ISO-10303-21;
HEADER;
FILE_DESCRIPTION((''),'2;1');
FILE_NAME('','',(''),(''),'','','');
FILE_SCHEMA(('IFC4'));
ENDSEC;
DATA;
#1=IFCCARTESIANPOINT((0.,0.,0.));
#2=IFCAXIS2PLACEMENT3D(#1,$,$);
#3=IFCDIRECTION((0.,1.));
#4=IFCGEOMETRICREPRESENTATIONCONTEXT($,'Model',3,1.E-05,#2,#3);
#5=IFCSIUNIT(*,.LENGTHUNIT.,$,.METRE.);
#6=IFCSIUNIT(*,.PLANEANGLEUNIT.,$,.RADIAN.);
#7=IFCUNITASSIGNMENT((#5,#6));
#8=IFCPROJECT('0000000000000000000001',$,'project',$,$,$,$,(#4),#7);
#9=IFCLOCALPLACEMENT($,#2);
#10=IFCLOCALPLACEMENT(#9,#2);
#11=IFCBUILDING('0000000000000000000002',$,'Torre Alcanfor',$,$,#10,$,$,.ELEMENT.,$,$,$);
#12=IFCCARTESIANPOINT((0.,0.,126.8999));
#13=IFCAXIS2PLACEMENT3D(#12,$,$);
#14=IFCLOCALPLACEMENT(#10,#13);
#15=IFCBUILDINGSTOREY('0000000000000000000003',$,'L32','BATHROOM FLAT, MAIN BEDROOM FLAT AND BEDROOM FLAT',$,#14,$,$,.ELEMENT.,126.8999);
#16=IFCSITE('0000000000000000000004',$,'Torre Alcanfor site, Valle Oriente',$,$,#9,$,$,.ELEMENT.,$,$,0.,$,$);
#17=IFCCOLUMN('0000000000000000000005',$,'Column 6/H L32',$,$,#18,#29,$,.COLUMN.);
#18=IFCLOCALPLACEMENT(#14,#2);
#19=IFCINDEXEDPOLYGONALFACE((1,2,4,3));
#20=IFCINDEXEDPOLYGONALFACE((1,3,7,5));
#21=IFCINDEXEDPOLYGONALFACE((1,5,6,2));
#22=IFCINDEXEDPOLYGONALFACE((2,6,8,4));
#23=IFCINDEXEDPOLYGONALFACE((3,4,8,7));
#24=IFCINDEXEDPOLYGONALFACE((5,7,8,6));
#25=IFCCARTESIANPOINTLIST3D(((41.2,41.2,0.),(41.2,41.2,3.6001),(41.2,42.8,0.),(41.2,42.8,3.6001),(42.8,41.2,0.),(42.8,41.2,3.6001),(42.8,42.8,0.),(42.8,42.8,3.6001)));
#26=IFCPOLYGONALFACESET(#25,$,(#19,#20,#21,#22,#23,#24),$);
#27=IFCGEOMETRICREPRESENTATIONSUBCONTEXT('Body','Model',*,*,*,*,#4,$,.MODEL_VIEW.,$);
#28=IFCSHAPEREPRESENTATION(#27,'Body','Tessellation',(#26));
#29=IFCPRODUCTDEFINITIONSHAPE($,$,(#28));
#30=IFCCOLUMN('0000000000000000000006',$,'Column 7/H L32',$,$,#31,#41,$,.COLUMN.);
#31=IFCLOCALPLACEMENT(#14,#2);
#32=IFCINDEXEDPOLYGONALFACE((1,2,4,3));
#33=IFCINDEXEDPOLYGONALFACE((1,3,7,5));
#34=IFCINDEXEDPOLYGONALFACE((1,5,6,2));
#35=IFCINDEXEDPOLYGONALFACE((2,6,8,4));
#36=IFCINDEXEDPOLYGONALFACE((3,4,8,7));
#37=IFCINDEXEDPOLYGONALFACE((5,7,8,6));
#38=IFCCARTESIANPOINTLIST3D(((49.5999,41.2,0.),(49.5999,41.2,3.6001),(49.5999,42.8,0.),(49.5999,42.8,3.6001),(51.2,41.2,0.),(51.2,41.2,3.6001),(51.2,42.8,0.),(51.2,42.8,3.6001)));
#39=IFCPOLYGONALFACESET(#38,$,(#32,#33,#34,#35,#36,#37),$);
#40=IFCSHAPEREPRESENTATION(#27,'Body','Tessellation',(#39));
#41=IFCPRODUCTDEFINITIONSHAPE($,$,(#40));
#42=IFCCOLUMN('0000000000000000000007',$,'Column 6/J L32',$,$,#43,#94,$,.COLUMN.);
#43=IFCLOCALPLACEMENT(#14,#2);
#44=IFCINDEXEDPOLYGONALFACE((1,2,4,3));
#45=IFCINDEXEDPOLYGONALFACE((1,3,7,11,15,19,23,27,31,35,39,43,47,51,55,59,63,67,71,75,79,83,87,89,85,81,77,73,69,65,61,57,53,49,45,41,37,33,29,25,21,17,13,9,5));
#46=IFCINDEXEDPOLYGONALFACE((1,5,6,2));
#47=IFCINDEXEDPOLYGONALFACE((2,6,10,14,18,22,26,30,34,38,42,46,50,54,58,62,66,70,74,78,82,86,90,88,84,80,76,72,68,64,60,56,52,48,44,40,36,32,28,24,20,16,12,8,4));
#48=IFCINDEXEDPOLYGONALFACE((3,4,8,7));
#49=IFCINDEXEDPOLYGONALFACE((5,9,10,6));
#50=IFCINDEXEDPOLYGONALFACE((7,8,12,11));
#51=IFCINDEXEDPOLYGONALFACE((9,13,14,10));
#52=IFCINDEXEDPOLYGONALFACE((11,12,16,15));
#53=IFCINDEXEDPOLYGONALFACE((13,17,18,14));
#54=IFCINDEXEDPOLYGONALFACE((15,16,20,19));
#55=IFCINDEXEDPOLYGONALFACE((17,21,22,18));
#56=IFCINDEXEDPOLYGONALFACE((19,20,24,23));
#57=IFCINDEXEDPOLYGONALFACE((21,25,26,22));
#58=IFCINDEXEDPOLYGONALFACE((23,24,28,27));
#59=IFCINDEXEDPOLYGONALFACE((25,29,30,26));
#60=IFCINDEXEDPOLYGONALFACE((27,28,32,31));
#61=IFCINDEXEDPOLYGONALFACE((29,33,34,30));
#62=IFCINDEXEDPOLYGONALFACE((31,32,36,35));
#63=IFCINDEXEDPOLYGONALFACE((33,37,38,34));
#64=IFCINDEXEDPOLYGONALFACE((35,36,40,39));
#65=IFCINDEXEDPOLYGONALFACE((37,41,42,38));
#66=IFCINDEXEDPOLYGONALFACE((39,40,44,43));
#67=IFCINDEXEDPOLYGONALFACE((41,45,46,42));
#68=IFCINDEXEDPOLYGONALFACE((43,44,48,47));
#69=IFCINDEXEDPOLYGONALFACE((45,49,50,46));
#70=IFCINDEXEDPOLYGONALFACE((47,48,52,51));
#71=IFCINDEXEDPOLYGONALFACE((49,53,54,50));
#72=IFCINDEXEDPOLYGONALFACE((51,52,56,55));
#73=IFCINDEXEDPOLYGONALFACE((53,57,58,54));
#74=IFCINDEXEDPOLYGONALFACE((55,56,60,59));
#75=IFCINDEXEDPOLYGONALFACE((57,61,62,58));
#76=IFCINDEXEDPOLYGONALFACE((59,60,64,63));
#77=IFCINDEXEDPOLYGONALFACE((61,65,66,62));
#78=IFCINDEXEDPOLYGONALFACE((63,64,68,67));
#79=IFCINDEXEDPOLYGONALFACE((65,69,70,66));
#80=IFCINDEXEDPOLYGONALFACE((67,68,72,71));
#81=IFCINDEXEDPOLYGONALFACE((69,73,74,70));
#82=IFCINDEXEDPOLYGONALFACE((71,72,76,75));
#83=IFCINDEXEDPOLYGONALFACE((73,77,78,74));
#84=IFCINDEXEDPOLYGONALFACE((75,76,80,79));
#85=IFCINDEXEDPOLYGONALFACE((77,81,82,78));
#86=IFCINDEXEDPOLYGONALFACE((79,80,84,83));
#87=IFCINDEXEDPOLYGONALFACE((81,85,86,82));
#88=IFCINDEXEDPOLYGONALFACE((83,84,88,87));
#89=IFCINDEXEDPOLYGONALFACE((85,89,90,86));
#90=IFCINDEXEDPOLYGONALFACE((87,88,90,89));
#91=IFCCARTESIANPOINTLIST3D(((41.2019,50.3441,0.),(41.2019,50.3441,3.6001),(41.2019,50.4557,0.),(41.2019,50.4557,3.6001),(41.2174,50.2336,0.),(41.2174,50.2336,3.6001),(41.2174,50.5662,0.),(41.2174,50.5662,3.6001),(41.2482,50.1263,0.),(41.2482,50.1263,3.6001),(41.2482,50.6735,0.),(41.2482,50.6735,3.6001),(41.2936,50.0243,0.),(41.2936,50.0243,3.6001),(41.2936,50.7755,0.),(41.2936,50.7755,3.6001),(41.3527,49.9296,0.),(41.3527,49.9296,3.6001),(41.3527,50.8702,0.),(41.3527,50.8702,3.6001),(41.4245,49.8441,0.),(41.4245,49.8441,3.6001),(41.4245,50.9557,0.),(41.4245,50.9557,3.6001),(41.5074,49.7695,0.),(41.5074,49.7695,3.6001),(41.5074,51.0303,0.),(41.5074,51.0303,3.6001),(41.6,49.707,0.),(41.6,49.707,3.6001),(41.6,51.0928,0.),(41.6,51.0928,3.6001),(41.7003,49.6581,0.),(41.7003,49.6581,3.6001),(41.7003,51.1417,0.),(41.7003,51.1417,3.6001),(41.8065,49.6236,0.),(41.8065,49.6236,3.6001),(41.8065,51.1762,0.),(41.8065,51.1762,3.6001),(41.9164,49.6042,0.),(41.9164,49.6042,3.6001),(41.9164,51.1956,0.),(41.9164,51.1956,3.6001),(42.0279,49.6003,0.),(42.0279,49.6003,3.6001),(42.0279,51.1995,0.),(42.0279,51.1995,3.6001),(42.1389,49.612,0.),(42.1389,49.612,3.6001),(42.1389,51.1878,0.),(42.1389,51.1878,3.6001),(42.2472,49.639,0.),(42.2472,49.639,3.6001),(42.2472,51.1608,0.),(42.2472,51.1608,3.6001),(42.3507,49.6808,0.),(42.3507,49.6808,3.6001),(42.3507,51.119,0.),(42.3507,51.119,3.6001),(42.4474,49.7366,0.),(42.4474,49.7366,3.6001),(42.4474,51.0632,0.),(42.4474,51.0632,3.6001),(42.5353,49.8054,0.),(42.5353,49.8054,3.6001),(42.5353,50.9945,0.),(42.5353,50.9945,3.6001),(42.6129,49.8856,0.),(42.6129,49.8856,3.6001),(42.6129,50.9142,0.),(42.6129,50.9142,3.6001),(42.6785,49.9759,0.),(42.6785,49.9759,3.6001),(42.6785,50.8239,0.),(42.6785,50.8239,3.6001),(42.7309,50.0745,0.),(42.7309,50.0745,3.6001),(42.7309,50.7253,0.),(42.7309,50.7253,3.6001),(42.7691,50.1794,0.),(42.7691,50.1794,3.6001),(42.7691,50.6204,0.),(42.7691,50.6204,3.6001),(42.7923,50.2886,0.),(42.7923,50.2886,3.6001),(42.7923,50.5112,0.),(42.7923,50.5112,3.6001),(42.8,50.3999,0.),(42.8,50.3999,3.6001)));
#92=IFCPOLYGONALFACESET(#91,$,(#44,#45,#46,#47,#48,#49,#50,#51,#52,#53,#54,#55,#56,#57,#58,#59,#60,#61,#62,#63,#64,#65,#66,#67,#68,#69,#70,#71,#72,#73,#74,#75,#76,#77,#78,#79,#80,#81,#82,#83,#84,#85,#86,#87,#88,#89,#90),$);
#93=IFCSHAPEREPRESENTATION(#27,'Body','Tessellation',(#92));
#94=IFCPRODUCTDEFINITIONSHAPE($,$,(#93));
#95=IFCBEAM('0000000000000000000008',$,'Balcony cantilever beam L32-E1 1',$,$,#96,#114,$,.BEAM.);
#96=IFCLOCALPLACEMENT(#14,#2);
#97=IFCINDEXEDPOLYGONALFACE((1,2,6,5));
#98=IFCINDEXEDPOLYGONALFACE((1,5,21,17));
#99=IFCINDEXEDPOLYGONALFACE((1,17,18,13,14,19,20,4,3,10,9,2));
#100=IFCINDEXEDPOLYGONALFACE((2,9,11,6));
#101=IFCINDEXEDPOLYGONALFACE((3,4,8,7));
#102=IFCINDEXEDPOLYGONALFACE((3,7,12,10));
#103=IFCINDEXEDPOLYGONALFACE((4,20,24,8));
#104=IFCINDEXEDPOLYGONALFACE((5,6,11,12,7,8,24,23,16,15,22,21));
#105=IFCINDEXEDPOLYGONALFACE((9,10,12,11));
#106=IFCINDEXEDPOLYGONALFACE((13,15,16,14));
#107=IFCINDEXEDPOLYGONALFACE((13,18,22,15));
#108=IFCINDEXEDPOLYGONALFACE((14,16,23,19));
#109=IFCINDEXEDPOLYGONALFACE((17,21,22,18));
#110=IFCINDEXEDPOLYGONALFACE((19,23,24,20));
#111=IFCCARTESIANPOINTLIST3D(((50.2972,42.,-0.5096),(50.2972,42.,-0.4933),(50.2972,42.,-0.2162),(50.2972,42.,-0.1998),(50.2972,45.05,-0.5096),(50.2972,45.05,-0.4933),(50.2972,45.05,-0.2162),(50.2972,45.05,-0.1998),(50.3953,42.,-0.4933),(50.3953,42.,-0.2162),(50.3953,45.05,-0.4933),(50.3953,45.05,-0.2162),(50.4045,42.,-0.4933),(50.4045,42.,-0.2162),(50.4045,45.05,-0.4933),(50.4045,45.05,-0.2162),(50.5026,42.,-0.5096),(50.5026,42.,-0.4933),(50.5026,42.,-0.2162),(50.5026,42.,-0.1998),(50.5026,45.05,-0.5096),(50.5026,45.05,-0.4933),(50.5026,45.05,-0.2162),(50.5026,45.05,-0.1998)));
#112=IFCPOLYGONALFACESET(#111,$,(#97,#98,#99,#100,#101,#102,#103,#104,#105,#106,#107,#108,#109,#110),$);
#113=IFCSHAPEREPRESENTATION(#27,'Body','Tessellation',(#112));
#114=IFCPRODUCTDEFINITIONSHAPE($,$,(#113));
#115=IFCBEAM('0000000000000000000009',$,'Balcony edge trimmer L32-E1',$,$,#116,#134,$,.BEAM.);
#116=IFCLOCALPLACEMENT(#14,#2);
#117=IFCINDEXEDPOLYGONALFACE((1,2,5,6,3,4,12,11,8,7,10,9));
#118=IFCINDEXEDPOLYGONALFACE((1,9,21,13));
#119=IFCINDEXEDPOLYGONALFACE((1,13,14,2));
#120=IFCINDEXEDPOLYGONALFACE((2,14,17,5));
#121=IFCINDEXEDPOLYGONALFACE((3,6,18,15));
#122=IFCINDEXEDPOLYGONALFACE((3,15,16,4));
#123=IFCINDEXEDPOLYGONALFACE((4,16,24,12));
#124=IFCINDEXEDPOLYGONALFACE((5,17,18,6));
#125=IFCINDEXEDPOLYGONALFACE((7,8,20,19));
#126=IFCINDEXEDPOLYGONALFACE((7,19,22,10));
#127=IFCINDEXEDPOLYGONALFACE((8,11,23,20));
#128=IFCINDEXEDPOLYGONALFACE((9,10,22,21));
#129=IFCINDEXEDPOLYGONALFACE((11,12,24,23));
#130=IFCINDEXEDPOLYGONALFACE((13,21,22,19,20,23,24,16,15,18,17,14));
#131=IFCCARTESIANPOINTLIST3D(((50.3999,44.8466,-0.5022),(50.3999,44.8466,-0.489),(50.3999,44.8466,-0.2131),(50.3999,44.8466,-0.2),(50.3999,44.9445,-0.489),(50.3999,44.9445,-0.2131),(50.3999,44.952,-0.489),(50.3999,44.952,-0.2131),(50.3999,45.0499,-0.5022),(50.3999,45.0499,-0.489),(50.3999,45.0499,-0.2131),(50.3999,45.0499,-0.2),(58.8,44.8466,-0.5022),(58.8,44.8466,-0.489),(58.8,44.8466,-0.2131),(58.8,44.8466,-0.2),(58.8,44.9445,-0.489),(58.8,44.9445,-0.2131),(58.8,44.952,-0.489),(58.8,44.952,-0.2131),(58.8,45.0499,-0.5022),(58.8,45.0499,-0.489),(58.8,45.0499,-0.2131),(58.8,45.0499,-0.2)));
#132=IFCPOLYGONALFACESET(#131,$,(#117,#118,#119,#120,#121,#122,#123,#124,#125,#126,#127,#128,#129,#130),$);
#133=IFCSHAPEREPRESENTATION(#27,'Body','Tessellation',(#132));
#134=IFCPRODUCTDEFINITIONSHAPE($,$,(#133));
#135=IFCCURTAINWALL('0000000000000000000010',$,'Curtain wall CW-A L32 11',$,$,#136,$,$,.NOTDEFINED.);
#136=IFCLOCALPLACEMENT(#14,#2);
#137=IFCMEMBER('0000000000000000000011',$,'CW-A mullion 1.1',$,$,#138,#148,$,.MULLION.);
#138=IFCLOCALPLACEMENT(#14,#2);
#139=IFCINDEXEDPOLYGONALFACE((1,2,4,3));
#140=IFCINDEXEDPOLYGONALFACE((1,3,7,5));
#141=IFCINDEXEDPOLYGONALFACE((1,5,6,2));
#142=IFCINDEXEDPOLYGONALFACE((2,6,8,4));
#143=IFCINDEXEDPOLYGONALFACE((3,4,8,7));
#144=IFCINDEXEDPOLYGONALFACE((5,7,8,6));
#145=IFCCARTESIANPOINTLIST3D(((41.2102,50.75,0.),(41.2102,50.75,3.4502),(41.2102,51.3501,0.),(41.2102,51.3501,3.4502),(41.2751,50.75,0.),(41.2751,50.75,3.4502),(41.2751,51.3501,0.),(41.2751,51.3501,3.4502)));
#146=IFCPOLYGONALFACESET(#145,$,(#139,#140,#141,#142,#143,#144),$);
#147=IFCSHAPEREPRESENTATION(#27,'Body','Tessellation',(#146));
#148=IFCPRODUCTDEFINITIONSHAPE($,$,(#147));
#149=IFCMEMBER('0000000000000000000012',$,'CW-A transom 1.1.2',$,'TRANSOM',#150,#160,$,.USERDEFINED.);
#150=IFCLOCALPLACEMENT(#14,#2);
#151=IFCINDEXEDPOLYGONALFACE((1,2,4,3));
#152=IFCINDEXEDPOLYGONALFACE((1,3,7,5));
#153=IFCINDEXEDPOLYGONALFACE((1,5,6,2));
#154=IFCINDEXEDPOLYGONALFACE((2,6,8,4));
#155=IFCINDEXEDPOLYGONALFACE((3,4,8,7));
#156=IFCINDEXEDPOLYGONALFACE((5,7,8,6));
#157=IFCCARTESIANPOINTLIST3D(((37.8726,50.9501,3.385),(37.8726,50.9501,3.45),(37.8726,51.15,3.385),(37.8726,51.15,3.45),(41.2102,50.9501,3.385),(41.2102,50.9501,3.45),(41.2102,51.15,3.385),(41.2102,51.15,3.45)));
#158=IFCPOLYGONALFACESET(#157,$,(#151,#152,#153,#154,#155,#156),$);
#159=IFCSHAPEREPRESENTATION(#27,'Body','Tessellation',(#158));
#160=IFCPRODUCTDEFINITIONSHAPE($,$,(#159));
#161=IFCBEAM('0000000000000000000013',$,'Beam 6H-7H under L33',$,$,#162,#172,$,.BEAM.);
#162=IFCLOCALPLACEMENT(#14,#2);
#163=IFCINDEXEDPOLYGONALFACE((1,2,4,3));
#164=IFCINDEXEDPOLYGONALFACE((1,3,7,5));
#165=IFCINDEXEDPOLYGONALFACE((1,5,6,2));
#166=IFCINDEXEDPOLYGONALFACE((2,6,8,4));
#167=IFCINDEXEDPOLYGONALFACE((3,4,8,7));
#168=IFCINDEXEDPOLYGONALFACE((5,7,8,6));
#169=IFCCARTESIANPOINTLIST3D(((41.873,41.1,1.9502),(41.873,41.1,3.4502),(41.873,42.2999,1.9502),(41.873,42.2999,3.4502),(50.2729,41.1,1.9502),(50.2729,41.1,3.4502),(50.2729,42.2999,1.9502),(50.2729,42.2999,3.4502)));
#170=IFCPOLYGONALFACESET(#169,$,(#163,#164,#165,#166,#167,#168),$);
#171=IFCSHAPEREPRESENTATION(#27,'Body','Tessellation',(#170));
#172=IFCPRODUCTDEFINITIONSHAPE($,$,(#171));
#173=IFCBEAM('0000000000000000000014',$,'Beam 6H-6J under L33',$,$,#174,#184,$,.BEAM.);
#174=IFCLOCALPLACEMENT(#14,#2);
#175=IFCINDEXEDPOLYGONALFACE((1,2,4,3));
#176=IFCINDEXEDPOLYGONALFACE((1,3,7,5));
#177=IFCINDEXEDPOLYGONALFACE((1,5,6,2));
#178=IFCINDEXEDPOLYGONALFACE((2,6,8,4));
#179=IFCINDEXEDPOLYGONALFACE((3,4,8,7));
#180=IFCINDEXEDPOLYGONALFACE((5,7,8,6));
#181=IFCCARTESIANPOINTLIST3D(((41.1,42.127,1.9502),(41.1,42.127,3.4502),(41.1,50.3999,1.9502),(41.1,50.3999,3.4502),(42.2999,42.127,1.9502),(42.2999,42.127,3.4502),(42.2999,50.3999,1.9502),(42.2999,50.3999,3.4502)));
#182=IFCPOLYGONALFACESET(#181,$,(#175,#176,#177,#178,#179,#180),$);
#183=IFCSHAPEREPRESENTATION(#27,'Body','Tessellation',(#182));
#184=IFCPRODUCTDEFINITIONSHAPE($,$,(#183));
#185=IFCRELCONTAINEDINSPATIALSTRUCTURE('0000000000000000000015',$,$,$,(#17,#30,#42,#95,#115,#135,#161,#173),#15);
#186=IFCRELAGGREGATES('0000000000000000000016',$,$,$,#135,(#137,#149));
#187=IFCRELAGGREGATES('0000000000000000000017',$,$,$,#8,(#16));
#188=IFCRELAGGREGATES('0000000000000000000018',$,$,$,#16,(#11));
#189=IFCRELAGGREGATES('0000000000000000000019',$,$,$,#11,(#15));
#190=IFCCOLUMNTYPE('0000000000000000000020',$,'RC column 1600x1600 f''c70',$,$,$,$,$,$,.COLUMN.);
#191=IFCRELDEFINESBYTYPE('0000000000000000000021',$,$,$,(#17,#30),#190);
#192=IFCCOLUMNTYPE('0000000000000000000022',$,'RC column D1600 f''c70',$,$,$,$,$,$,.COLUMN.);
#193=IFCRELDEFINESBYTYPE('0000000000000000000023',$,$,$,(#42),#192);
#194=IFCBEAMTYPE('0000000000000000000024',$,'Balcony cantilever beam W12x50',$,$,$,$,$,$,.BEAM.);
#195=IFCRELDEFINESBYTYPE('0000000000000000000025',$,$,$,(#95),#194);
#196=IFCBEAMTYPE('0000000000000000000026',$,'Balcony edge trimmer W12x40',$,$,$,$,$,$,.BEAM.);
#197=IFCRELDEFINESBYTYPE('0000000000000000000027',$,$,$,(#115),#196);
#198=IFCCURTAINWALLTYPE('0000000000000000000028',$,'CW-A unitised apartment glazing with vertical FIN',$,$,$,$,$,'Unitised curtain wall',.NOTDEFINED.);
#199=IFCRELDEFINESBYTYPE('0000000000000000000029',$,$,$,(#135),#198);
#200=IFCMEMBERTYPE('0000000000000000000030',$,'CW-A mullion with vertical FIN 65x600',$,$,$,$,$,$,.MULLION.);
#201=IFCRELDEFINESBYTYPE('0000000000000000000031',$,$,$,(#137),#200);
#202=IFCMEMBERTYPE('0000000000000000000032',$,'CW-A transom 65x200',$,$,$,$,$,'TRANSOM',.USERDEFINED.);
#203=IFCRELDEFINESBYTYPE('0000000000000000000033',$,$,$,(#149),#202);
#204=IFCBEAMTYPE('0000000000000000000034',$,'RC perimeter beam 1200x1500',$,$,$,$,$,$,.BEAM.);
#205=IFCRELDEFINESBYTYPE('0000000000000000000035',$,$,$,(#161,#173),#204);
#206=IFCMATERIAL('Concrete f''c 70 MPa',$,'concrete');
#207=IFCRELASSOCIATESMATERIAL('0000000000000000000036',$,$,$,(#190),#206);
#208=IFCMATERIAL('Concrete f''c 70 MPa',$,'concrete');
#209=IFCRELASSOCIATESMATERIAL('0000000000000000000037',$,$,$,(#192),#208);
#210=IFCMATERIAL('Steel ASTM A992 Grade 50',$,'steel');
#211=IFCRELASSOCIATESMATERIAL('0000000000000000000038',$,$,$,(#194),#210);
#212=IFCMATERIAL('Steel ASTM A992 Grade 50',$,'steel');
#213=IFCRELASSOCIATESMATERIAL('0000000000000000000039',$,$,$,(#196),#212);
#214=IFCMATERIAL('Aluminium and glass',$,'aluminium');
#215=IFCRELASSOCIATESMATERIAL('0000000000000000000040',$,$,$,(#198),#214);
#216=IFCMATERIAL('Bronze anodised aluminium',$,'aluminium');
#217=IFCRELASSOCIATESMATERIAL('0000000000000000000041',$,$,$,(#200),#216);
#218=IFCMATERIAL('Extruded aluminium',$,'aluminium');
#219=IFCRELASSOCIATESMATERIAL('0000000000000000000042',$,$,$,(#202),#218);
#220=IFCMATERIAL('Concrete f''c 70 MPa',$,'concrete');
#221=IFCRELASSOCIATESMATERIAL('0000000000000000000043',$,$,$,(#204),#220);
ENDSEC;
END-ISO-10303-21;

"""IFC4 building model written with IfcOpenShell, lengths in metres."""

from ifc_helpers import new_model, si_unit, direction, frame, origin, origin_2d, place, context, subcontext, project, spatial, rectangle, circle, i_section, extrude, material, material_profile, profile_set, type_object, element, aggregate, save


model = new_model("IFC4")

# Units and contexts
model_context = context("Model", 3, precision=1e-05, world=origin(), true_north=direction((0.0, 1.0)))
body_context = subcontext(model_context, "Body", "Model", "MODEL_VIEW")
ifc_project = project(units=[si_unit("LENGTHUNIT", "METRE"), si_unit("PLANEANGLEUNIT", "RADIAN")], contexts=[model_context])

# Site, building, storey
site_placement = place(None, origin())
site = spatial("IfcSite", under=ifc_project, at=site_placement, Name="Torre Alcanfor site, Valle Oriente", CompositionType="ELEMENT", RefElevation=0.0)
building_placement = place(site_placement, origin())
building = spatial("IfcBuilding", under=site, at=building_placement, Name="Torre Alcanfor", CompositionType="ELEMENT")
storey_placement = place(building_placement, frame((0.0, 0.0, 126.8999)))
storey = spatial("IfcBuildingStorey", under=building, at=storey_placement, Name="L32", Description="BATHROOM FLAT, MAIN BEDROOM FLAT AND BEDROOM FLAT", CompositionType="ELEMENT", Elevation=126.8999)

# Columns
ifc_material_1 = material(Name="Concrete f'c 70 MPa", Category="concrete")
ifc_material_profile_1 = material_profile(ifc_material_1, rectangle(XDim=1.6001, YDim=1.6001, at=origin_2d()), Name="1600x1600")
ifc_profile_set_1 = profile_set([ifc_material_profile_1], Name="Concrete f'c 70 MPa")
column_type_1 = type_object("IfcColumnType", Name="RC column 1600x1600 f'c70", PredefinedType="COLUMN", material=ifc_profile_set_1)
for number, where, z_axis, x_axis, name in (
    (1, (42.0, 42.0, 0.0), (0.0, 0.0, 1.0), (1.0, 0.0, 0.0), "Column 6/H L32"),
    (2, (50.3999, 42.0, 0.0), (0.0, 0.0, 1.0), (1.0, 0.0, 0.0), "Column 7/H L32"),
):
    element("IfcColumn", number, at=place(storey_placement, frame(where, z_axis=z_axis, x_axis=x_axis)), inside=storey, type_object=column_type_1, Name=name, PredefinedType="COLUMN", context=body_context, shape_type="SweptSolid", body=[
        extrude(rectangle(XDim=1.6001, YDim=1.6001, at=origin_2d()), origin(), (0.0, 0.0, 1.0), 3.6001),
    ])
ifc_material_2 = material(Name="Concrete f'c 70 MPa", Category="concrete")
ifc_material_profile_2 = material_profile(ifc_material_2, circle(Radius=0.8, at=origin_2d()), Name="D1600")
ifc_profile_set_2 = profile_set([ifc_material_profile_2], Name="Concrete f'c 70 MPa")
column_type_2 = type_object("IfcColumnType", Name="RC column D1600 f'c70", PredefinedType="COLUMN", material=ifc_profile_set_2)
column_placement = place(storey_placement, frame((42.0, 50.3999, 0.0), z_axis=(0.0, 0.0, 1.0), x_axis=(1.0, 0.0, 0.0)))
element("IfcColumn", 3, at=column_placement, inside=storey, type_object=column_type_2, Name="Column 6/J L32", PredefinedType="COLUMN", context=body_context, shape_type="SweptSolid", body=[
    extrude(circle(Radius=0.8, at=origin_2d()), origin(), (0.0, 0.0, 1.0), 3.6001),
])

# Beams
ifc_material_3 = material(Name="Steel ASTM A992 Grade 50", Category="steel")
ifc_material_profile_3 = material_profile(ifc_material_3, i_section(OverallWidth=0.2053, OverallDepth=0.3098, WebThickness=0.0093, FlangeThickness=0.0164, at=origin_2d()), Name="W12x50")
ifc_profile_set_3 = profile_set([ifc_material_profile_3], Name="Steel ASTM A992 Grade 50")
beam_type_1 = type_object("IfcBeamType", Name="Balcony cantilever beam W12x50", PredefinedType="BEAM", material=ifc_profile_set_3)
beam_1_placement = place(storey_placement, frame((50.3999, 42.0, -0.3547), z_axis=(0.0, 1.0, 0.0), x_axis=(-1.0, 0.0, 0.0)))
element("IfcBeam", 4, at=beam_1_placement, inside=storey, type_object=beam_type_1, Name="Balcony cantilever beam L32-E1 1", PredefinedType="BEAM", context=body_context, shape_type="SweptSolid", body=[
    extrude(i_section(OverallWidth=0.2053, OverallDepth=0.3098, WebThickness=0.0093, FlangeThickness=0.0164, at=origin_2d()), origin(), (0.0, 0.0, 1.0), 3.05),
])
ifc_material_4 = material(Name="Steel ASTM A992 Grade 50", Category="steel")
ifc_material_profile_4 = material_profile(ifc_material_4, i_section(OverallWidth=0.2034, OverallDepth=0.3022, WebThickness=0.0076, FlangeThickness=0.0132, at=origin_2d()), Name="W12x40")
ifc_profile_set_4 = profile_set([ifc_material_profile_4], Name="Steel ASTM A992 Grade 50")
beam_type_2 = type_object("IfcBeamType", Name="Balcony edge trimmer W12x40", PredefinedType="BEAM", material=ifc_profile_set_4)
beam_2_placement = place(storey_placement, frame((50.3999, 44.9482, -0.3511), z_axis=(1.0, 0.0, 0.0), x_axis=(0.0, 1.0, 0.0)))
element("IfcBeam", 5, at=beam_2_placement, inside=storey, type_object=beam_type_2, Name="Balcony edge trimmer L32-E1", PredefinedType="BEAM", context=body_context, shape_type="SweptSolid", body=[
    extrude(i_section(OverallWidth=0.2034, OverallDepth=0.3022, WebThickness=0.0076, FlangeThickness=0.0132, at=origin_2d()), origin(), (0.0, 0.0, 1.0), 8.4001),
])

# Curtain wall, members
ifc_material_5 = material(Name="Aluminium and glass", Category="aluminium")
curtain_wall_type = type_object("IfcCurtainWallType", Name="CW-A unitised apartment glazing with vertical FIN", ElementType="Unitised curtain wall", PredefinedType="NOTDEFINED", material=ifc_material_5)
curtain_wall_placement = place(storey_placement, origin())
curtain_wall = element("IfcCurtainWall", 6, at=curtain_wall_placement, inside=storey, type_object=curtain_wall_type, Name="Curtain wall CW-A L32 11", PredefinedType="NOTDEFINED")
ifc_material_6 = material(Name="Bronze anodised aluminium", Category="aluminium")
ifc_material_profile_5 = material_profile(ifc_material_6, rectangle(XDim=0.6001, YDim=0.0649, at=origin_2d()), Name="CW-A mullion 65x600")
ifc_profile_set_5 = profile_set([ifc_material_profile_5], Name="Bronze anodised aluminium")
member_type_1 = type_object("IfcMemberType", Name="CW-A mullion with vertical FIN 65x600", PredefinedType="MULLION", material=ifc_profile_set_5)
member_1_placement = place(storey_placement, frame((41.2427, 51.05, 0.0), z_axis=(0.0, 0.0, 1.0), x_axis=(0.0, -1.0, 0.0)))
member_1 = element("IfcMember", 7, at=member_1_placement, type_object=member_type_1, Name="CW-A mullion 1.1", PredefinedType="MULLION", context=body_context, shape_type="SweptSolid", body=[
    extrude(rectangle(XDim=0.6001, YDim=0.0649, at=origin_2d()), origin(), (0.0, 0.0, 1.0), 3.4502),
])
ifc_material_7 = material(Name="Extruded aluminium", Category="aluminium")
ifc_material_profile_6 = material_profile(ifc_material_7, rectangle(XDim=0.2, YDim=0.0649, at=origin_2d()), Name="CW-A transom 200x65")
ifc_profile_set_6 = profile_set([ifc_material_profile_6], Name="Extruded aluminium")
member_type_2 = type_object("IfcMemberType", Name="CW-A transom 65x200", ElementType="TRANSOM", PredefinedType="USERDEFINED", material=ifc_profile_set_6)
member_2_placement = place(storey_placement, frame((41.2102, 51.05, 3.4175), z_axis=(-1.0, 0.0, 0.0), x_axis=(0.0, -1.0, 0.0)))
member_2 = element("IfcMember", 8, at=member_2_placement, type_object=member_type_2, Name="CW-A transom 1.1.2", ObjectType="TRANSOM", PredefinedType="USERDEFINED", context=body_context, shape_type="SweptSolid", body=[
    extrude(rectangle(XDim=0.2, YDim=0.0649, at=origin_2d()), origin(), (0.0, 0.0, 1.0), 3.3376),
])
aggregate(curtain_wall, [member_1, member_2])

# Beams
ifc_material_8 = material(Name="Concrete f'c 70 MPa", Category="concrete")
ifc_material_profile_7 = material_profile(ifc_material_8, rectangle(XDim=1.2, YDim=1.5, at=origin_2d()), Name="1200x1500")
ifc_profile_set_7 = profile_set([ifc_material_profile_7], Name="Concrete f'c 70 MPa")
beam_type_3 = type_object("IfcBeamType", Name="RC perimeter beam 1200x1500", PredefinedType="BEAM", material=ifc_profile_set_7)
beam_3_placement = place(storey_placement, frame((41.873, 41.7, 2.7002), z_axis=(1.0, 0.0, 0.0), x_axis=(0.0, 1.0, 0.0)))
element("IfcBeam", 9, at=beam_3_placement, inside=storey, type_object=beam_type_3, Name="Beam 6H-7H under L33", PredefinedType="BEAM", context=body_context, shape_type="SweptSolid", body=[
    extrude(rectangle(XDim=1.2, YDim=1.5, at=origin_2d()), origin(), (0.0, 0.0, 1.0), 8.3999),
])
beam_4_placement = place(storey_placement, frame((41.7, 42.127, 2.7002), z_axis=(0.0, 1.0, 0.0), x_axis=(-1.0, 0.0, 0.0)))
element("IfcBeam", 10, at=beam_4_placement, inside=storey, type_object=beam_type_3, Name="Beam 6H-6J under L33", PredefinedType="BEAM", context=body_context, shape_type="SweptSolid", body=[
    extrude(rectangle(XDim=1.2, YDim=1.5, at=origin_2d()), origin(), (0.0, 0.0, 1.0), 8.2729),
])

save(model, "model.ifc")
